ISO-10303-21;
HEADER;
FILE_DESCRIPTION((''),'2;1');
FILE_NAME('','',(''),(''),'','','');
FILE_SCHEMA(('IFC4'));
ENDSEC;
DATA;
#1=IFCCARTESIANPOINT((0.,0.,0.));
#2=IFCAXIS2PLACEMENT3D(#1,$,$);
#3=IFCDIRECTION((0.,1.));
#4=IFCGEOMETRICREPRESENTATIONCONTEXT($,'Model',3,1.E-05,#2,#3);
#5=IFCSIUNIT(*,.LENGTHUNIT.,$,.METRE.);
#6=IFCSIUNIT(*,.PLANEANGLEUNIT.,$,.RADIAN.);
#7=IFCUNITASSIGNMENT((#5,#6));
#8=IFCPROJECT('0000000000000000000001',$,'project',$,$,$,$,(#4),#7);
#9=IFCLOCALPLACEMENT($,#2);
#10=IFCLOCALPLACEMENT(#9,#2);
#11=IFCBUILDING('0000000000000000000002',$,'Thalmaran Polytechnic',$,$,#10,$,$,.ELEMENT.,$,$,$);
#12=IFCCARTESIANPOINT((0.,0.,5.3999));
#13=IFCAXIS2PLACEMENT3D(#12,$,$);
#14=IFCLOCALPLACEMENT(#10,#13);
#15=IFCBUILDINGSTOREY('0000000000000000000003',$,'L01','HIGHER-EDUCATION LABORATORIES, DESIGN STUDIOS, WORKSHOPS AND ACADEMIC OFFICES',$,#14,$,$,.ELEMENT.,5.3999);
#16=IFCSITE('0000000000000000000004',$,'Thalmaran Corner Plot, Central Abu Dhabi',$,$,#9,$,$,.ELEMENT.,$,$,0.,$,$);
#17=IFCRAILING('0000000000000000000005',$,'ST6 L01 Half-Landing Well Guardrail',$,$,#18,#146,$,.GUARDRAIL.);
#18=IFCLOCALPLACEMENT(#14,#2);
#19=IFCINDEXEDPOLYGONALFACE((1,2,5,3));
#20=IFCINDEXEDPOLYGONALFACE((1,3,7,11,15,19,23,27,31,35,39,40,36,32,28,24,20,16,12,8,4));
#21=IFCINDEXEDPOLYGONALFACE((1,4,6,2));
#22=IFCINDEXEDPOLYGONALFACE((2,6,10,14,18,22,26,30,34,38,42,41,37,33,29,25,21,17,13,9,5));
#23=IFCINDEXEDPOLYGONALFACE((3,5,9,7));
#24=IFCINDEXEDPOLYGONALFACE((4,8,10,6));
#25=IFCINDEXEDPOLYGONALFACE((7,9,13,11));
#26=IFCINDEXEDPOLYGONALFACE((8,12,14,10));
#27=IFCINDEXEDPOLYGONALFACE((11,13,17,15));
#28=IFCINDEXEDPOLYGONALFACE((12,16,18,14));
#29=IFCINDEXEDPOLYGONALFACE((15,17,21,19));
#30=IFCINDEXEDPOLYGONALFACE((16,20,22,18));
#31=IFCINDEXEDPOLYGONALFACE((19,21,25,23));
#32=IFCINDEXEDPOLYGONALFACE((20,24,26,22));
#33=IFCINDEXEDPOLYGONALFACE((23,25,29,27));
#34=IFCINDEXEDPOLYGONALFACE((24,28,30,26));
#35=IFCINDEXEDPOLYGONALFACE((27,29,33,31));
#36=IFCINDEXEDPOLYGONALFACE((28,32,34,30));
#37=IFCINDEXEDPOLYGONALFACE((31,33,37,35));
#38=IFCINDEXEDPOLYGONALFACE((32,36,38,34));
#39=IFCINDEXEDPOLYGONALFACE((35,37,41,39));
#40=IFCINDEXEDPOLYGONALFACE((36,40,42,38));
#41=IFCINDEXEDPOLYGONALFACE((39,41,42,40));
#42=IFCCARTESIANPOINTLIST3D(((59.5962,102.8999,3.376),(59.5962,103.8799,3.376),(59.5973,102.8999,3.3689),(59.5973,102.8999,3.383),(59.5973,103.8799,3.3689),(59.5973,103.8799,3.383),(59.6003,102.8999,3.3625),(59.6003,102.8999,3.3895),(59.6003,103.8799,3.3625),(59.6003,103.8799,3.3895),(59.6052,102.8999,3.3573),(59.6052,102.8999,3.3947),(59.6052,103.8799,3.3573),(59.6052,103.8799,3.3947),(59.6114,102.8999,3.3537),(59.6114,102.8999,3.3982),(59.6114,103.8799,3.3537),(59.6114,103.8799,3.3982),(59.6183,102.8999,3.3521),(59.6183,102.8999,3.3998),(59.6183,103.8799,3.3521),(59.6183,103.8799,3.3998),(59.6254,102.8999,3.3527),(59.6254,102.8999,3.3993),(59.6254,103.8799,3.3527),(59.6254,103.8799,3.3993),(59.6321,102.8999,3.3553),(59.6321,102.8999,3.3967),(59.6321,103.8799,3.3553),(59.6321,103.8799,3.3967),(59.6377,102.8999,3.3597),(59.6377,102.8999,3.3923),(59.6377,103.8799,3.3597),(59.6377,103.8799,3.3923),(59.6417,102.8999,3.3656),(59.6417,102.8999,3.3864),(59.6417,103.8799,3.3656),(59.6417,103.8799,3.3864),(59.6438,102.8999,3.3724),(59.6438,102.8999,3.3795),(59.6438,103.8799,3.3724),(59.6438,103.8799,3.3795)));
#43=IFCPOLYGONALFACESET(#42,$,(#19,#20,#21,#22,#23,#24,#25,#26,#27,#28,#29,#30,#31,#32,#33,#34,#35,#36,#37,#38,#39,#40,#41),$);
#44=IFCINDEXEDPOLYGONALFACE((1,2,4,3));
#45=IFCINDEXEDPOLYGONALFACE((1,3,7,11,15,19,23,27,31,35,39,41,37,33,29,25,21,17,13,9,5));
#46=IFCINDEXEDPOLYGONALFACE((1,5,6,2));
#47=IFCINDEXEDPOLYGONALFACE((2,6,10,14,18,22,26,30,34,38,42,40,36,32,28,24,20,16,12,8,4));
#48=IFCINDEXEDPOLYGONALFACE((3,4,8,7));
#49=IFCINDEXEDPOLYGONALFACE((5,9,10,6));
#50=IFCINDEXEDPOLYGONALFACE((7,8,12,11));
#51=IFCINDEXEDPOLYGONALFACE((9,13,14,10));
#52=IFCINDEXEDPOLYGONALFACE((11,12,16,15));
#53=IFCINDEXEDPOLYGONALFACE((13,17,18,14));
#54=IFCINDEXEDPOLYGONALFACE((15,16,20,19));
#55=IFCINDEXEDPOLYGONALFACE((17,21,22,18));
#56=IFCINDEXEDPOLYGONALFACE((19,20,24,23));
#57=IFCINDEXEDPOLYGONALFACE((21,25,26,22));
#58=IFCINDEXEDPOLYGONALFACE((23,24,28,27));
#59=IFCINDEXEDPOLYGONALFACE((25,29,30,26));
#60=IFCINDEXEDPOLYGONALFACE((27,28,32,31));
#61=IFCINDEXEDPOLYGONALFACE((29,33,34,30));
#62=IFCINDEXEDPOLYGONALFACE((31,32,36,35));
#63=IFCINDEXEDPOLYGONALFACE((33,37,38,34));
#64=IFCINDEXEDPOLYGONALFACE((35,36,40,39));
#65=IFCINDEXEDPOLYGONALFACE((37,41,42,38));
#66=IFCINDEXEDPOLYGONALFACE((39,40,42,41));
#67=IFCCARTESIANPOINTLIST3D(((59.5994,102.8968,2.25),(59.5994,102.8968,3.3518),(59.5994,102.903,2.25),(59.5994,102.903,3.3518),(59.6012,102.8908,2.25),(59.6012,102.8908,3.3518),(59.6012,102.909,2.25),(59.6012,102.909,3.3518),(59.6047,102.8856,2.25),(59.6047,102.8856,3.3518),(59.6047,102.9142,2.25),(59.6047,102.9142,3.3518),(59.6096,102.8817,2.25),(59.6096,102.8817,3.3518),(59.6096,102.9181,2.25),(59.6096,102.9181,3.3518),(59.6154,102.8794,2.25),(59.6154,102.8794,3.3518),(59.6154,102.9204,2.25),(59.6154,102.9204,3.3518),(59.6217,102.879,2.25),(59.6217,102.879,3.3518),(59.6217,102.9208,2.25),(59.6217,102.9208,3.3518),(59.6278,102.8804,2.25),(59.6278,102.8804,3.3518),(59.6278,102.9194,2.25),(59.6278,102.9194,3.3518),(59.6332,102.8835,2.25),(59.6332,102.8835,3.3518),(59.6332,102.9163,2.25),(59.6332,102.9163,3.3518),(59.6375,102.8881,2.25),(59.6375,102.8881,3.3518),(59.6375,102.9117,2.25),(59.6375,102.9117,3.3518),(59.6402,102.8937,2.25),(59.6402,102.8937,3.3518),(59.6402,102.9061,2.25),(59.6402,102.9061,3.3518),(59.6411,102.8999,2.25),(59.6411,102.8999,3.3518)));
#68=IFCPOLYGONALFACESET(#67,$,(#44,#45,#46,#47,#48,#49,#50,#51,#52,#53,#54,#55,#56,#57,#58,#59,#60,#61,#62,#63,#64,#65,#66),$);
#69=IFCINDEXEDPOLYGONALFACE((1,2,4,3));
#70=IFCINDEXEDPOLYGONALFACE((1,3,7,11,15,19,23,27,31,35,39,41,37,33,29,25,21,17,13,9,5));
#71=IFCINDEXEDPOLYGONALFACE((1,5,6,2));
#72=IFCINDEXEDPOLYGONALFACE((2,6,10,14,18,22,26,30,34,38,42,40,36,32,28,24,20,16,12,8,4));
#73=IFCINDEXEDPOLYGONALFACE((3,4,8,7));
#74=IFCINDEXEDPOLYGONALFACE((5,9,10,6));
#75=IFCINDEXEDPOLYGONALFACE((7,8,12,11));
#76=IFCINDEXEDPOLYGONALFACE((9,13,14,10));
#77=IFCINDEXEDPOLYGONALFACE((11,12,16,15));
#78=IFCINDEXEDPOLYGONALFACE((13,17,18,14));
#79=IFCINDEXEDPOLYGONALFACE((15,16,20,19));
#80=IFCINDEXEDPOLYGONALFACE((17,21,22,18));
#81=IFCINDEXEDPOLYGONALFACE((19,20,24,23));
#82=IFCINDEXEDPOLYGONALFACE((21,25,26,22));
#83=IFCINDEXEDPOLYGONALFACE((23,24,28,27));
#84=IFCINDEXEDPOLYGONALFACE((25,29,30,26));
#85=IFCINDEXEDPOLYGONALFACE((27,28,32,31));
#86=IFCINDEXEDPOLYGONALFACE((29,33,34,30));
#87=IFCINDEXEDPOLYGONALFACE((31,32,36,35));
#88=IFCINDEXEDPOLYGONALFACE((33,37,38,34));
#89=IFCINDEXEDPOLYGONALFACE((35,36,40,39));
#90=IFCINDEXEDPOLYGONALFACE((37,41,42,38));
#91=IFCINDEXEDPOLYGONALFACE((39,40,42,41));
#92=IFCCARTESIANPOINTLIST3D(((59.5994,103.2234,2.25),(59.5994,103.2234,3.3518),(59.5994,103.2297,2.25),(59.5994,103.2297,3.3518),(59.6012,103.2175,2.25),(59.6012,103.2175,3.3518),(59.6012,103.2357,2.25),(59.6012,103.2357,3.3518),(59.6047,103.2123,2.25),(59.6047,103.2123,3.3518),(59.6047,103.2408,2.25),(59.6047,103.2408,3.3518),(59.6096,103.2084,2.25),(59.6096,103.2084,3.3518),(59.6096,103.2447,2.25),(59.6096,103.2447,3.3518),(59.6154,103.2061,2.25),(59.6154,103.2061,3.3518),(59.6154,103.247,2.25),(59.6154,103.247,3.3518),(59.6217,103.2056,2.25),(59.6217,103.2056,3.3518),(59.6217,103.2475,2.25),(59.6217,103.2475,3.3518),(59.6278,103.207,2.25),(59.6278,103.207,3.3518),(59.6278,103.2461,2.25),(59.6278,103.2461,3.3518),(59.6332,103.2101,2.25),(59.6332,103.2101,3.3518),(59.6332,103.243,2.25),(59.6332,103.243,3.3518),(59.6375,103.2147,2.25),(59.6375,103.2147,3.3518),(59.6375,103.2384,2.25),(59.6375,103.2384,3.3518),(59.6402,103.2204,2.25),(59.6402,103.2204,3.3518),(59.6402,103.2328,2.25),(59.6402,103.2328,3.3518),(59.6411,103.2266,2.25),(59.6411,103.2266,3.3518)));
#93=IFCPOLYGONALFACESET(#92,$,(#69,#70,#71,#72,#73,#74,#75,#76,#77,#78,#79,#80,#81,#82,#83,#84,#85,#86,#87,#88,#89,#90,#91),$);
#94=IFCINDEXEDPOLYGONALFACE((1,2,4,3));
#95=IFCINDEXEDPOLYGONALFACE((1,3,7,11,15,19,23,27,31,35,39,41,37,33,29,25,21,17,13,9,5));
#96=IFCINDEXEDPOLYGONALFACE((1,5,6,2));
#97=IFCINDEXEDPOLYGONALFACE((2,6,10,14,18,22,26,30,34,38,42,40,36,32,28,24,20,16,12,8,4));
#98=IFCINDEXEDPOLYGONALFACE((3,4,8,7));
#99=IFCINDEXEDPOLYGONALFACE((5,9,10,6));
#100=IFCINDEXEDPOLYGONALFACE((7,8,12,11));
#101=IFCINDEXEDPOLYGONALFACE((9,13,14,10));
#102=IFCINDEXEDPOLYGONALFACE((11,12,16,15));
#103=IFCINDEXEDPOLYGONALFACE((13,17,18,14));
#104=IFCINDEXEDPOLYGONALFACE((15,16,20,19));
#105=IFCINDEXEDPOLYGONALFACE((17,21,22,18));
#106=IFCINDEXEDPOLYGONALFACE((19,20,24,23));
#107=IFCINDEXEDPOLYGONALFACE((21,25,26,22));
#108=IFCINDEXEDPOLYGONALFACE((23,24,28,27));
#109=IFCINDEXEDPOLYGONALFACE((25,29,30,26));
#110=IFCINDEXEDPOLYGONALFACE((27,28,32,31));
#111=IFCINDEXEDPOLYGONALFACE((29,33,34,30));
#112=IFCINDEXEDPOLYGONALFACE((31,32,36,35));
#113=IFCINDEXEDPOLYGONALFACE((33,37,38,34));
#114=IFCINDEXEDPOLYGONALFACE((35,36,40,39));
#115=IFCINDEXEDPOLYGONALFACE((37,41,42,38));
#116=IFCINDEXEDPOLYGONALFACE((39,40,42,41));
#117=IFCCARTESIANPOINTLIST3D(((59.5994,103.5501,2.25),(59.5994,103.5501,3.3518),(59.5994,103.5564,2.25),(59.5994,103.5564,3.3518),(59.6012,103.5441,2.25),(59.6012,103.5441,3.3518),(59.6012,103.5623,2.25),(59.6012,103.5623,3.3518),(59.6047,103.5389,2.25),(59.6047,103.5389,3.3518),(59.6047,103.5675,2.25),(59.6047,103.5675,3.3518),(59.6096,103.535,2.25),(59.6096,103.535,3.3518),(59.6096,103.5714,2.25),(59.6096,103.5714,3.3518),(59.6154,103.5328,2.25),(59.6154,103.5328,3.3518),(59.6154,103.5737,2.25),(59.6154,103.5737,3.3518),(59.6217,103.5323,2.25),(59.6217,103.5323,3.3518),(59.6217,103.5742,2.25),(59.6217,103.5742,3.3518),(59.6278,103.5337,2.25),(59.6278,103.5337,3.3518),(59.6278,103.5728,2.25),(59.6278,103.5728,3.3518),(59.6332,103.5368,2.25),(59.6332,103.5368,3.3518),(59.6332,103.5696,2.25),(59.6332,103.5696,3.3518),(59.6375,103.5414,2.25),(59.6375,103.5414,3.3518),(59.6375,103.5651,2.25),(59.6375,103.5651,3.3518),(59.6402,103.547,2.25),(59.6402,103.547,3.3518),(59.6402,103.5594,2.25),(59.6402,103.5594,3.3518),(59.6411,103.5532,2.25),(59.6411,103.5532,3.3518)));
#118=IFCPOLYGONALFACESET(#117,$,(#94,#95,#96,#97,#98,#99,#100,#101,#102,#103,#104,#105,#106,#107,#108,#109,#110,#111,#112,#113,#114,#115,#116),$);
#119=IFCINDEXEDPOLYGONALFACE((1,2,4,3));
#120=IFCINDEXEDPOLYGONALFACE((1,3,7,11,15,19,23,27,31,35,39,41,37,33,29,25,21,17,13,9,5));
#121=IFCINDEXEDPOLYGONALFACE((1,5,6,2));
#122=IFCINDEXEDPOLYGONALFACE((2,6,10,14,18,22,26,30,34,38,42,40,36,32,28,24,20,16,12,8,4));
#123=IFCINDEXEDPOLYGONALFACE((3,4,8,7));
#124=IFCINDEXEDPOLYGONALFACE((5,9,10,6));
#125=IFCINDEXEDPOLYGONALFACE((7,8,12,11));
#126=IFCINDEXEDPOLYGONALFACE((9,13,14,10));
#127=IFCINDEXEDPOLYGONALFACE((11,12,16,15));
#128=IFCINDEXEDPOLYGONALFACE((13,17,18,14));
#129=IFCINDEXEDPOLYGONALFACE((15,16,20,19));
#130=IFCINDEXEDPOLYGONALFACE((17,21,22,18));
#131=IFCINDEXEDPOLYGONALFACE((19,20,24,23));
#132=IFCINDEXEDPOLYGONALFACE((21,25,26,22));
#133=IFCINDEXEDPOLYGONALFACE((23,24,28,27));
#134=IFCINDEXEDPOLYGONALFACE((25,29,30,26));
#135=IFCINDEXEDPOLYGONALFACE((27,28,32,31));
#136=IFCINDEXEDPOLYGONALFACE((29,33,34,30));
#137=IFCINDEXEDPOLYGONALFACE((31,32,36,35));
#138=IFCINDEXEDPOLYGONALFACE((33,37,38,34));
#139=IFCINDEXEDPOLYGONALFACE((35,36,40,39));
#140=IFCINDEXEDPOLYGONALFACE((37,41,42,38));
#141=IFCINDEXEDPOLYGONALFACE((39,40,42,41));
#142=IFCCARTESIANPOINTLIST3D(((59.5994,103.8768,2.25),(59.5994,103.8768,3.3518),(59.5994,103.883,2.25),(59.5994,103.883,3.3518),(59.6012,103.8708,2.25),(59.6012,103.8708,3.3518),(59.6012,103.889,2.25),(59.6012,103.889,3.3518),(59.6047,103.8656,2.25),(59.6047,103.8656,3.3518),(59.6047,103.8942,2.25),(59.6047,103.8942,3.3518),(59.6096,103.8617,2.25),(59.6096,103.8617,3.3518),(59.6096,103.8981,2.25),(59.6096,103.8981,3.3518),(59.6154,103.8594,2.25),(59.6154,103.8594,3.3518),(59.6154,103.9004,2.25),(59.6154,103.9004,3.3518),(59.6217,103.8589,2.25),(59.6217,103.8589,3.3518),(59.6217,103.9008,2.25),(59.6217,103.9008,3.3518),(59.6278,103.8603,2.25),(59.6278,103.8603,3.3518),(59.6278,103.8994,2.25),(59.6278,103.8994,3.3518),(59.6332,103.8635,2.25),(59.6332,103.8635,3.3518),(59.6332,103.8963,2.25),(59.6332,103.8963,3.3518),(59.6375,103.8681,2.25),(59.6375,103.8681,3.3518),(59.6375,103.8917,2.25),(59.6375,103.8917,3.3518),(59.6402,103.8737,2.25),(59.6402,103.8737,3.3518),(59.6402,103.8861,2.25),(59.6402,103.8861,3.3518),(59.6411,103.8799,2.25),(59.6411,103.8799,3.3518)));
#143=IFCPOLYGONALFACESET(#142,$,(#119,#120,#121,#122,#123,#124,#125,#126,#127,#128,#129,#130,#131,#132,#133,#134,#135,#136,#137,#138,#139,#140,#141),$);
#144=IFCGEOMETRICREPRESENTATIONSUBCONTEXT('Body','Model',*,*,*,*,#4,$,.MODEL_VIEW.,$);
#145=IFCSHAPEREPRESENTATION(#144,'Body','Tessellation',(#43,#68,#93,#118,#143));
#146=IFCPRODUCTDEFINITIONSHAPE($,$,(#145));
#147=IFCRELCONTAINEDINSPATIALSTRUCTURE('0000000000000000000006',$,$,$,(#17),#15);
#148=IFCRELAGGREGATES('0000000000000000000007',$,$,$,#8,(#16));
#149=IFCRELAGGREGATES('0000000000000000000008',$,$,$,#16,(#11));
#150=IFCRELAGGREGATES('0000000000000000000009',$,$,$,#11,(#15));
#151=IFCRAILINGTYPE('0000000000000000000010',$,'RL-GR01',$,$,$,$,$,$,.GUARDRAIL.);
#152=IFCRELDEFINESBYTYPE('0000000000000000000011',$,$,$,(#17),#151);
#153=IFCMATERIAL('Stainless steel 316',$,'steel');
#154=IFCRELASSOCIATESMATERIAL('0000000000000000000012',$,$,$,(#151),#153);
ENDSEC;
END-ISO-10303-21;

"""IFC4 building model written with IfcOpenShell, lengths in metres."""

from ifc_helpers import new_model, si_unit, direction, frame, origin, origin_2d, place, context, subcontext, project, spatial, circle, extrude, material, type_object, element, save


model = new_model("IFC4")

# Units and contexts
model_context = context("Model", 3, precision=1e-05, world=origin(), true_north=direction((0.0, 1.0)))
body_context = subcontext(model_context, "Body", "Model", "MODEL_VIEW")
ifc_project = project(units=[si_unit("LENGTHUNIT", "METRE"), si_unit("PLANEANGLEUNIT", "RADIAN")], contexts=[model_context])

# Site, building, storey
site_placement = place(None, origin())
site = spatial("IfcSite", under=ifc_project, at=site_placement, Name="Thalmaran Corner Plot, Central Abu Dhabi", CompositionType="ELEMENT", RefElevation=0.0)
building_placement = place(site_placement, origin())
building = spatial("IfcBuilding", under=site, at=building_placement, Name="Thalmaran Polytechnic", CompositionType="ELEMENT")
storey_placement = place(building_placement, frame((0.0, 0.0, 5.3999)))
storey = spatial("IfcBuildingStorey", under=building, at=storey_placement, Name="L01", Description="HIGHER-EDUCATION LABORATORIES, DESIGN STUDIOS, WORKSHOPS AND ACADEMIC OFFICES", CompositionType="ELEMENT", Elevation=5.3999)

# Railing
ifc_material_1 = material(Name="Stainless steel 316", Category="steel")
railing_type_1 = type_object("IfcRailingType", Name="RL-GR01", PredefinedType="GUARDRAIL", material=ifc_material_1)
railing_1_placement = place(storey_placement, frame((59.6201, 102.8999, 2.25)))
element("IfcRailing", 1, at=railing_1_placement, inside=storey, type_object=railing_type_1, Name="ST6 L01 Half-Landing Well Guardrail", PredefinedType="GUARDRAIL", context=body_context, shape_type="SweptSolid", body=[
    extrude(circle(Radius=0.0239, at=origin_2d()), frame((0.0, 0.0, 1.126), z_axis=(0.0, 1.0, 0.0), x_axis=(-1.0, 0.0, 0.0)), (0.0, 0.0, 1.0), 0.98),
    extrude(circle(Radius=0.021, at=origin_2d()), origin(), (0.0, 0.0, 1.0), 1.1018),
    extrude(circle(Radius=0.021, at=origin_2d()), frame((0.0, 0.3267, 0.0)), (0.0, 0.0, 1.0), 1.1018),
    extrude(circle(Radius=0.021, at=origin_2d()), frame((0.0, 0.6533, 0.0)), (0.0, 0.0, 1.0), 1.1018),
    extrude(circle(Radius=0.021, at=origin_2d()), frame((0.0, 0.98, 0.0)), (0.0, 0.0, 1.0), 1.1018),
])

save(model, "model.ifc")
